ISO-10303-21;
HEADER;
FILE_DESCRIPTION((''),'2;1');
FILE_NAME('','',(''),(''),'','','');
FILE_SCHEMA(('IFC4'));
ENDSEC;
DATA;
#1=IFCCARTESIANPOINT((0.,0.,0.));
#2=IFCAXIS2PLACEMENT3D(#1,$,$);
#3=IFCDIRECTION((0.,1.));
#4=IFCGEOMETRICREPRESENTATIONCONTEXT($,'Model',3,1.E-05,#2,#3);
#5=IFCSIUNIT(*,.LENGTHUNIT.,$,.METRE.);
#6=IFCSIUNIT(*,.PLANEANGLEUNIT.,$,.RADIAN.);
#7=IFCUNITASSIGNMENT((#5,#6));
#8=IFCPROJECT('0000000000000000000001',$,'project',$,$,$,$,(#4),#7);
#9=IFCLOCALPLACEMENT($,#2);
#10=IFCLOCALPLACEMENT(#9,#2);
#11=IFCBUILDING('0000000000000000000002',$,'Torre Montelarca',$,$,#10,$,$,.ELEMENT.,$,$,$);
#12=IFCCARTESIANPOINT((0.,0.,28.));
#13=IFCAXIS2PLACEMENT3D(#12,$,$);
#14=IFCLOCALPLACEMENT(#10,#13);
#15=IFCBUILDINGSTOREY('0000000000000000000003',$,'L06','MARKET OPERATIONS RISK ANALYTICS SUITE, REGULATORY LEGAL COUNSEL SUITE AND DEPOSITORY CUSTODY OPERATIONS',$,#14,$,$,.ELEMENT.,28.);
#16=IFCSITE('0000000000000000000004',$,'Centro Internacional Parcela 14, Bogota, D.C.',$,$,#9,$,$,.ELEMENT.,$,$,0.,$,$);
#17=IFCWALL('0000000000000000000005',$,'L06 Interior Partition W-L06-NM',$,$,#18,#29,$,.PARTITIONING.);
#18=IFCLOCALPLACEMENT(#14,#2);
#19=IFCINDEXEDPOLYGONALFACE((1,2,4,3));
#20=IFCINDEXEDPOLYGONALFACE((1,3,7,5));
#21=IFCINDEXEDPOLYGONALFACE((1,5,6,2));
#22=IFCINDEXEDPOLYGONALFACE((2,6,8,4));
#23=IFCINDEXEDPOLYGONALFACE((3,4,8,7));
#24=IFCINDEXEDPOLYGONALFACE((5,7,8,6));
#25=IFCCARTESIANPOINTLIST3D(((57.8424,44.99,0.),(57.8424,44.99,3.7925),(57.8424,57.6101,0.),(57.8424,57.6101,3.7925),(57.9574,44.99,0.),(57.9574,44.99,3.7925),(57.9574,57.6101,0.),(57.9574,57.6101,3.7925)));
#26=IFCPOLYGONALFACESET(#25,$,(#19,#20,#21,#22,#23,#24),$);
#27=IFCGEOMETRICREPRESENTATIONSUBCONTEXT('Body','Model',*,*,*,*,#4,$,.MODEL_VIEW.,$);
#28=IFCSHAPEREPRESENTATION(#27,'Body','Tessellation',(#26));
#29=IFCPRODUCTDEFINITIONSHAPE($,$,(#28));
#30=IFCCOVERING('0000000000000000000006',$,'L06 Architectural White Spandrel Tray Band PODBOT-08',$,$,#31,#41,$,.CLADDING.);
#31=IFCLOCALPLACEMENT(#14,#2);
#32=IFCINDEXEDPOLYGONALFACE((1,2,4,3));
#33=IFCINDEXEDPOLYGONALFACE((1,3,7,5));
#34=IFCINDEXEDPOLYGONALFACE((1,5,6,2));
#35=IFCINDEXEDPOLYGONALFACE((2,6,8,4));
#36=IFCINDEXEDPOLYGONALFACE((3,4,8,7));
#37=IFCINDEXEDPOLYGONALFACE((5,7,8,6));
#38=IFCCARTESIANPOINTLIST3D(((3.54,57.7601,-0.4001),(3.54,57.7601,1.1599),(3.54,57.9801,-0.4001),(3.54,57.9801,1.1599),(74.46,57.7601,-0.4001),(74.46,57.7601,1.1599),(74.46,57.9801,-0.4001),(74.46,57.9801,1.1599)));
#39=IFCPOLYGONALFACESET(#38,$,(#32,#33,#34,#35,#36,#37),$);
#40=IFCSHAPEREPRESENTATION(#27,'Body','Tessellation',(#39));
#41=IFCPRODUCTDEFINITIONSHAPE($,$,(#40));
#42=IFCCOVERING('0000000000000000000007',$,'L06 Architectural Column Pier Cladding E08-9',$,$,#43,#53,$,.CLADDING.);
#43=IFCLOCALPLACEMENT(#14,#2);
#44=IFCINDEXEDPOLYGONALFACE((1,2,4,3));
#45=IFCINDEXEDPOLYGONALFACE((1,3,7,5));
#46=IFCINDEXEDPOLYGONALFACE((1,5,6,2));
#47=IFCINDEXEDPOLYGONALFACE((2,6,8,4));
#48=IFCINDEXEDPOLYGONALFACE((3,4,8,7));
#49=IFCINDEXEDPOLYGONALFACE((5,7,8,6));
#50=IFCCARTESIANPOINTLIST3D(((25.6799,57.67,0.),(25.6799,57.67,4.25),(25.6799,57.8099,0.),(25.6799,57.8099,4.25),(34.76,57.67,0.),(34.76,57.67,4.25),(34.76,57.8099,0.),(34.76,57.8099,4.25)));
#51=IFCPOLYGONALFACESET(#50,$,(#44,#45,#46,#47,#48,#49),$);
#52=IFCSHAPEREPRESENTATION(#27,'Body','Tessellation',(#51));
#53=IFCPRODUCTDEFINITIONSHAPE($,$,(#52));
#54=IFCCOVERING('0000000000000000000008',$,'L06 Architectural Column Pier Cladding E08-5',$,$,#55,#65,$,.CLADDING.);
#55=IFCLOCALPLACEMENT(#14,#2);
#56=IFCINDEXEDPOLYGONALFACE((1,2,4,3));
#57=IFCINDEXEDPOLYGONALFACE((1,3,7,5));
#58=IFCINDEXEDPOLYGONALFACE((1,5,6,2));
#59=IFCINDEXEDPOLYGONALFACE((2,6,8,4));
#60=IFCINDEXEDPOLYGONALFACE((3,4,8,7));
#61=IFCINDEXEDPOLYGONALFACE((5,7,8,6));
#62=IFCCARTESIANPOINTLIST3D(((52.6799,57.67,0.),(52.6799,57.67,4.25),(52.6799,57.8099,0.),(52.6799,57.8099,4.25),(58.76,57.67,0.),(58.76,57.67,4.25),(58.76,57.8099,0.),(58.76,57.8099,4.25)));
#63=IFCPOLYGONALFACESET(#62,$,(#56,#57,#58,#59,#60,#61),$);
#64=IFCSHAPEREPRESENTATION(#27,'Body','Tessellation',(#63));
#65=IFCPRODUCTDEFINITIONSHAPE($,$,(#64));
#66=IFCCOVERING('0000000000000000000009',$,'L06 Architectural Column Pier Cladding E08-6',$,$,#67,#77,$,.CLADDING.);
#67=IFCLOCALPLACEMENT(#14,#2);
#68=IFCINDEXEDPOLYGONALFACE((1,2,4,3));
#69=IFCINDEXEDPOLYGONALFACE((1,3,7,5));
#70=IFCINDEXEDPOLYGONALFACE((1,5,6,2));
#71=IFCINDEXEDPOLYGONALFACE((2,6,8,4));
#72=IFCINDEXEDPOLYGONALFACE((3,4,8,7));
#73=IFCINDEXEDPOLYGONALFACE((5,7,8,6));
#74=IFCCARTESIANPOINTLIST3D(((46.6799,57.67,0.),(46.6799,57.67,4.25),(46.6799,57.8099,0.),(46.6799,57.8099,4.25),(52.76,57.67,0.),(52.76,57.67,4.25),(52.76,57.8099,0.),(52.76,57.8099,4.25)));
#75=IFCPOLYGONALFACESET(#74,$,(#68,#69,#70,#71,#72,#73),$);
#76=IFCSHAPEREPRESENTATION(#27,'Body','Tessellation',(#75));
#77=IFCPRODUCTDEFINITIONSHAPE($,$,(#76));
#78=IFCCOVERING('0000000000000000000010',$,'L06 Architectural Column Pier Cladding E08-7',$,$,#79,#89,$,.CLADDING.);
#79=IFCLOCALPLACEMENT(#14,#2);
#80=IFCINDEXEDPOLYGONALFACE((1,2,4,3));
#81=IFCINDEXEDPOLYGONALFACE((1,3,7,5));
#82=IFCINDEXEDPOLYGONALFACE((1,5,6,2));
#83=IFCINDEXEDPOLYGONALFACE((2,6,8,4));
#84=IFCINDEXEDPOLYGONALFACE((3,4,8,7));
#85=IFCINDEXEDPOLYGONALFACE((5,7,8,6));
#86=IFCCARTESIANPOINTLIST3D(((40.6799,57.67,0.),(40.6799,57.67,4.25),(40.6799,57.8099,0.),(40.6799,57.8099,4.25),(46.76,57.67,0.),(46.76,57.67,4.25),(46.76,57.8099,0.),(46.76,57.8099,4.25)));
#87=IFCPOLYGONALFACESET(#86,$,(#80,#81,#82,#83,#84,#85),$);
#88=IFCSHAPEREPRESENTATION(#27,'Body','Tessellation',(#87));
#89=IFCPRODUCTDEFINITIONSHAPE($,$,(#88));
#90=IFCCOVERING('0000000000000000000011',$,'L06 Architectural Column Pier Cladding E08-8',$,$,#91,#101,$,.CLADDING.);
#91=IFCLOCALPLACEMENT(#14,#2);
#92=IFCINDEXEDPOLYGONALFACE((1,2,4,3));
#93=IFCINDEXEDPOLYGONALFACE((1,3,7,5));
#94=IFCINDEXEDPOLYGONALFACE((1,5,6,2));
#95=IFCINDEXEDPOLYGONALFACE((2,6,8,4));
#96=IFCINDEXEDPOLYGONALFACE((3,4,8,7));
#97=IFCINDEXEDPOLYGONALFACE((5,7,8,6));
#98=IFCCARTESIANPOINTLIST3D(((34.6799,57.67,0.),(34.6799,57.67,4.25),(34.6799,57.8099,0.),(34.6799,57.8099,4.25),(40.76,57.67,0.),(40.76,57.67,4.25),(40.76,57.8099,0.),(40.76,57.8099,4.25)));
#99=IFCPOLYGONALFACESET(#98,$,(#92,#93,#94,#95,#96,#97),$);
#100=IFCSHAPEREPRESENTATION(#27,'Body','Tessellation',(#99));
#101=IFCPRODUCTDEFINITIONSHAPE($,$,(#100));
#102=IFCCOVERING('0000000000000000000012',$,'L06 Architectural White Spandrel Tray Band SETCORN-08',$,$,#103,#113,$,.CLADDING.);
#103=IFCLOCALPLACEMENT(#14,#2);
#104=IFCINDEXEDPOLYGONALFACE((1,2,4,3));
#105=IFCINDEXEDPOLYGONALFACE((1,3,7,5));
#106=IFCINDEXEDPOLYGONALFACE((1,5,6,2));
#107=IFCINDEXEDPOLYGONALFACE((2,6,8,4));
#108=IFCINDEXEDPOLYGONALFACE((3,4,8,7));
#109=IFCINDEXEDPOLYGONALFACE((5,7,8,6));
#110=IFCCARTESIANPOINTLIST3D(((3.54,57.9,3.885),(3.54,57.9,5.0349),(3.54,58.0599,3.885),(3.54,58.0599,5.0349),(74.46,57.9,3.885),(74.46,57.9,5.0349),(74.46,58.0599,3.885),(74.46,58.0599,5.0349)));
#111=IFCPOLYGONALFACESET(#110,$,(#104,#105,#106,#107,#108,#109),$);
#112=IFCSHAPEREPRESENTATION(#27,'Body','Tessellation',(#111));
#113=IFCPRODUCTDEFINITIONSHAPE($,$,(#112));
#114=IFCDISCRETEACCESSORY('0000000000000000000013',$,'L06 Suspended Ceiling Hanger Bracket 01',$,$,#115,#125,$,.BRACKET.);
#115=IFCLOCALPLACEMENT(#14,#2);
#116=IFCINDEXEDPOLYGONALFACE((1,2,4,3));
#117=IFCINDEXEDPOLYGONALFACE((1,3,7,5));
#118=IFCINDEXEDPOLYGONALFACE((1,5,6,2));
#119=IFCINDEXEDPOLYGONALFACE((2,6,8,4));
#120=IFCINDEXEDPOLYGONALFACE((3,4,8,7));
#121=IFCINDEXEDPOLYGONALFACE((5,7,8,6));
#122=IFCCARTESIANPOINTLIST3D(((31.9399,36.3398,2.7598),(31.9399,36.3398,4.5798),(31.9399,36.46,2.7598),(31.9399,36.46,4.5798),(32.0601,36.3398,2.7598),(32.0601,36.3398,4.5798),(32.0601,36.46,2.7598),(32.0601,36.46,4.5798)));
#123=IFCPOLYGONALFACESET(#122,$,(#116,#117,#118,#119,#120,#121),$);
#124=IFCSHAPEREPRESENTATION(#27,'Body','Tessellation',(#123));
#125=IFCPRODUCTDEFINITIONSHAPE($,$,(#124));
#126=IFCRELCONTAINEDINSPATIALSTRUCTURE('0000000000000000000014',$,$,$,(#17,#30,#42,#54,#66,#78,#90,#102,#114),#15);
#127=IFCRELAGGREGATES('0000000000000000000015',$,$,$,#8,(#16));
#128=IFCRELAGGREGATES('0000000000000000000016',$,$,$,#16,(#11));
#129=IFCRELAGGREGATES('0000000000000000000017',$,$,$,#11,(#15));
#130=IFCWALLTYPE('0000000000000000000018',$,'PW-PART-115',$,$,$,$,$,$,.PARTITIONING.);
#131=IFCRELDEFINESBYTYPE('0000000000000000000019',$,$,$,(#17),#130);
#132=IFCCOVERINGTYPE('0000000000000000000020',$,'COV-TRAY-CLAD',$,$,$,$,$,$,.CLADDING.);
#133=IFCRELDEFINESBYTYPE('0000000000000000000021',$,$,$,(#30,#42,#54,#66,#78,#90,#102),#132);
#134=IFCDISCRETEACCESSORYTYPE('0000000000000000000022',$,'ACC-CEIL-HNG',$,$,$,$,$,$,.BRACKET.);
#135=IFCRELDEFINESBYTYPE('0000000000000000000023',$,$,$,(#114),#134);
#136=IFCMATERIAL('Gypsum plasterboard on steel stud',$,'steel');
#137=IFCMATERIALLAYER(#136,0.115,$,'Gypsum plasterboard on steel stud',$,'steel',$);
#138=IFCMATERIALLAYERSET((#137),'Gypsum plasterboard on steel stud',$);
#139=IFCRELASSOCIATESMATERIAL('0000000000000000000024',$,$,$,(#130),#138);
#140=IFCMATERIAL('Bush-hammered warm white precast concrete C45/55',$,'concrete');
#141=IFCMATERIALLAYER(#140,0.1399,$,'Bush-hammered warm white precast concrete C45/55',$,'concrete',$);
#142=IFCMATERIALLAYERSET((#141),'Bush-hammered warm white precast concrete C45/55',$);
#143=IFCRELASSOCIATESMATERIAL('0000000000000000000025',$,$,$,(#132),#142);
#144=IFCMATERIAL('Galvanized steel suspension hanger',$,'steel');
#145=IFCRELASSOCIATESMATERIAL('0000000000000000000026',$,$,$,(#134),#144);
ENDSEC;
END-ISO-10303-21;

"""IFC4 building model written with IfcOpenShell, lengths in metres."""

from ifc_helpers import new_model, si_unit, direction, frame, frame_2d, origin, origin_2d, place, context, subcontext, project, spatial, rectangle, extrude, source, transform, mapped, material, layer, layer_set, type_object, element, save


model = new_model("IFC4")

# Units and contexts
model_context = context("Model", 3, precision=1e-05, world=origin(), true_north=direction((0.0, 1.0)))
body_context = subcontext(model_context, "Body", "Model", "MODEL_VIEW")
ifc_project = project(units=[si_unit("LENGTHUNIT", "METRE"), si_unit("PLANEANGLEUNIT", "RADIAN")], contexts=[model_context])

# Site, building, storey
site_placement = place(None, origin())
site = spatial("IfcSite", under=ifc_project, at=site_placement, Name="Centro Internacional Parcela 14, Bogota, D.C.", CompositionType="ELEMENT", RefElevation=0.0)
building_placement = place(site_placement, origin())
building = spatial("IfcBuilding", under=site, at=building_placement, Name="Torre Montelarca", CompositionType="ELEMENT")
storey_placement = place(building_placement, frame((0.0, 0.0, 28.0)))
storey = spatial("IfcBuildingStorey", under=building, at=storey_placement, Name="L06", Description="MARKET OPERATIONS RISK ANALYTICS SUITE, REGULATORY LEGAL COUNSEL SUITE AND DEPOSITORY CUSTODY OPERATIONS", CompositionType="ELEMENT", Elevation=28.0)

# Wall
ifc_material_1 = material(Name="Gypsum plasterboard on steel stud", Category="steel")
ifc_layer_1 = layer(ifc_material_1, 0.115, Name="Gypsum plasterboard on steel stud", Category="steel")
ifc_layer_set_1 = layer_set([ifc_layer_1], Name="Gypsum plasterboard on steel stud")
wall_type = type_object("IfcWallType", Name="PW-PART-115", PredefinedType="PARTITIONING", material=ifc_layer_set_1)
wall_placement = place(storey_placement, frame((57.8999, 44.99, 0.0), z_axis=(0.0, 0.0, 1.0), x_axis=(0.0, 1.0, 0.0)))
element("IfcWall", 1, at=wall_placement, inside=storey, type_object=wall_type, Name="L06 Interior Partition W-L06-NM", PredefinedType="PARTITIONING", context=body_context, shape_type="SweptSolid", body=[
    extrude(rectangle(XDim=12.6201, YDim=0.115, at=frame_2d((6.3101, 0.0))), origin(), (0.0, 0.0, 1.0), 3.7925),
])

# Coverings
ifc_material_2 = material(Name="Bush-hammered warm white precast concrete C45/55", Category="concrete")
ifc_layer_2 = layer(ifc_material_2, 0.1399, Name="Bush-hammered warm white precast concrete C45/55", Category="concrete")
ifc_layer_set_2 = layer_set([ifc_layer_2], Name="Bush-hammered warm white precast concrete C45/55")
covering_type = type_object("IfcCoveringType", Name="COV-TRAY-CLAD", PredefinedType="CLADDING", material=ifc_layer_set_2)
shared_shape_1 = source(origin(), body_context, "Body", "SweptSolid", [
    extrude(rectangle(XDim=70.9199, YDim=0.22, at=origin_2d()), origin(), (0.0, 0.0, 1.0), 1.5601),
])
covering_1_placement = place(storey_placement, frame((39.0, 57.8701, -0.4001), z_axis=(0.0, 0.0, 1.0), x_axis=(-1.0, 0.0, 0.0)))
element("IfcCovering", 2, at=covering_1_placement, inside=storey, type_object=covering_type, Name="L06 Architectural White Spandrel Tray Band PODBOT-08", PredefinedType="CLADDING", context=body_context, shape_type="MappedRepresentation", body=[
    mapped(shared_shape_1, transform((0.0, 0.0, 0.0), scale=1.0)),
])
shared_shape_2 = source(origin(), body_context, "Body", "SweptSolid", [
    extrude(rectangle(XDim=9.0801, YDim=0.1399, at=origin_2d()), origin(), (0.0, 0.0, 1.0), 4.25),
])
covering_2_placement = place(storey_placement, frame((30.22, 57.74, 0.0), z_axis=(0.0, 0.0, 1.0), x_axis=(-1.0, 0.0, 0.0)))
element("IfcCovering", 3, at=covering_2_placement, inside=storey, type_object=covering_type, Name="L06 Architectural Column Pier Cladding E08-9", PredefinedType="CLADDING", context=body_context, shape_type="MappedRepresentation", body=[
    mapped(shared_shape_2, transform((0.0, 0.0, 0.0), scale=1.0)),
])
shared_shape_3 = source(origin(), body_context, "Body", "SweptSolid", [
    extrude(rectangle(XDim=6.0801, YDim=0.1399, at=origin_2d()), origin(), (0.0, 0.0, 1.0), 4.25),
])
for number, where, z_axis, x_axis, name in (
    (4, (55.72, 57.74, 0.0), (0.0, 0.0, 1.0), (-1.0, 0.0, 0.0), "L06 Architectural Column Pier Cladding E08-5"),
    (5, (49.72, 57.74, 0.0), (0.0, 0.0, 1.0), (-1.0, 0.0, 0.0), "L06 Architectural Column Pier Cladding E08-6"),
    (6, (43.72, 57.74, 0.0), (0.0, 0.0, 1.0), (-1.0, 0.0, 0.0), "L06 Architectural Column Pier Cladding E08-7"),
    (7, (37.72, 57.74, 0.0), (0.0, 0.0, 1.0), (-1.0, 0.0, 0.0), "L06 Architectural Column Pier Cladding E08-8"),
):
    element("IfcCovering", number, at=place(storey_placement, frame(where, z_axis=z_axis, x_axis=x_axis)), inside=storey, type_object=covering_type, Name=name, PredefinedType="CLADDING", context=body_context, shape_type="MappedRepresentation", body=[
        mapped(shared_shape_3, transform((0.0, 0.0, 0.0), scale=1.0)),
    ])
shared_shape_4 = source(origin(), body_context, "Body", "SweptSolid", [
    extrude(rectangle(XDim=70.9199, YDim=0.1599, at=origin_2d()), origin(), (0.0, 0.0, 1.0), 1.1499),
])
covering_3_placement = place(storey_placement, frame((39.0, 57.98, 3.885), z_axis=(0.0, 0.0, 1.0), x_axis=(-1.0, 0.0, 0.0)))
element("IfcCovering", 8, at=covering_3_placement, inside=storey, type_object=covering_type, Name="L06 Architectural White Spandrel Tray Band SETCORN-08", PredefinedType="CLADDING", context=body_context, shape_type="MappedRepresentation", body=[
    mapped(shared_shape_4, transform((0.0, 0.0, 0.0), scale=1.0)),
])

# Discrete accessory
ifc_material_3 = material(Name="Galvanized steel suspension hanger", Category="steel")
discrete_accessory_type = type_object("IfcDiscreteAccessoryType", Name="ACC-CEIL-HNG", PredefinedType="BRACKET", material=ifc_material_3)
shared_shape_5 = source(origin(), body_context, "Body", "SweptSolid", [
    extrude(rectangle(XDim=0.1201, YDim=0.1201, at=origin_2d()), origin(), (0.0, 0.0, 1.0), 1.8201),
])
discrete_accessory_placement = place(storey_placement, frame((32.0, 36.3999, 2.7598), z_axis=(0.0, 0.0, 1.0), x_axis=(1.0, 0.0, 0.0)))
element("IfcDiscreteAccessory", 9, at=discrete_accessory_placement, inside=storey, type_object=discrete_accessory_type, Name="L06 Suspended Ceiling Hanger Bracket 01", PredefinedType="BRACKET", context=body_context, shape_type="MappedRepresentation", body=[
    mapped(shared_shape_5, transform((0.0, 0.0, 0.0), scale=1.0)),
])

save(model, "model.ifc")
